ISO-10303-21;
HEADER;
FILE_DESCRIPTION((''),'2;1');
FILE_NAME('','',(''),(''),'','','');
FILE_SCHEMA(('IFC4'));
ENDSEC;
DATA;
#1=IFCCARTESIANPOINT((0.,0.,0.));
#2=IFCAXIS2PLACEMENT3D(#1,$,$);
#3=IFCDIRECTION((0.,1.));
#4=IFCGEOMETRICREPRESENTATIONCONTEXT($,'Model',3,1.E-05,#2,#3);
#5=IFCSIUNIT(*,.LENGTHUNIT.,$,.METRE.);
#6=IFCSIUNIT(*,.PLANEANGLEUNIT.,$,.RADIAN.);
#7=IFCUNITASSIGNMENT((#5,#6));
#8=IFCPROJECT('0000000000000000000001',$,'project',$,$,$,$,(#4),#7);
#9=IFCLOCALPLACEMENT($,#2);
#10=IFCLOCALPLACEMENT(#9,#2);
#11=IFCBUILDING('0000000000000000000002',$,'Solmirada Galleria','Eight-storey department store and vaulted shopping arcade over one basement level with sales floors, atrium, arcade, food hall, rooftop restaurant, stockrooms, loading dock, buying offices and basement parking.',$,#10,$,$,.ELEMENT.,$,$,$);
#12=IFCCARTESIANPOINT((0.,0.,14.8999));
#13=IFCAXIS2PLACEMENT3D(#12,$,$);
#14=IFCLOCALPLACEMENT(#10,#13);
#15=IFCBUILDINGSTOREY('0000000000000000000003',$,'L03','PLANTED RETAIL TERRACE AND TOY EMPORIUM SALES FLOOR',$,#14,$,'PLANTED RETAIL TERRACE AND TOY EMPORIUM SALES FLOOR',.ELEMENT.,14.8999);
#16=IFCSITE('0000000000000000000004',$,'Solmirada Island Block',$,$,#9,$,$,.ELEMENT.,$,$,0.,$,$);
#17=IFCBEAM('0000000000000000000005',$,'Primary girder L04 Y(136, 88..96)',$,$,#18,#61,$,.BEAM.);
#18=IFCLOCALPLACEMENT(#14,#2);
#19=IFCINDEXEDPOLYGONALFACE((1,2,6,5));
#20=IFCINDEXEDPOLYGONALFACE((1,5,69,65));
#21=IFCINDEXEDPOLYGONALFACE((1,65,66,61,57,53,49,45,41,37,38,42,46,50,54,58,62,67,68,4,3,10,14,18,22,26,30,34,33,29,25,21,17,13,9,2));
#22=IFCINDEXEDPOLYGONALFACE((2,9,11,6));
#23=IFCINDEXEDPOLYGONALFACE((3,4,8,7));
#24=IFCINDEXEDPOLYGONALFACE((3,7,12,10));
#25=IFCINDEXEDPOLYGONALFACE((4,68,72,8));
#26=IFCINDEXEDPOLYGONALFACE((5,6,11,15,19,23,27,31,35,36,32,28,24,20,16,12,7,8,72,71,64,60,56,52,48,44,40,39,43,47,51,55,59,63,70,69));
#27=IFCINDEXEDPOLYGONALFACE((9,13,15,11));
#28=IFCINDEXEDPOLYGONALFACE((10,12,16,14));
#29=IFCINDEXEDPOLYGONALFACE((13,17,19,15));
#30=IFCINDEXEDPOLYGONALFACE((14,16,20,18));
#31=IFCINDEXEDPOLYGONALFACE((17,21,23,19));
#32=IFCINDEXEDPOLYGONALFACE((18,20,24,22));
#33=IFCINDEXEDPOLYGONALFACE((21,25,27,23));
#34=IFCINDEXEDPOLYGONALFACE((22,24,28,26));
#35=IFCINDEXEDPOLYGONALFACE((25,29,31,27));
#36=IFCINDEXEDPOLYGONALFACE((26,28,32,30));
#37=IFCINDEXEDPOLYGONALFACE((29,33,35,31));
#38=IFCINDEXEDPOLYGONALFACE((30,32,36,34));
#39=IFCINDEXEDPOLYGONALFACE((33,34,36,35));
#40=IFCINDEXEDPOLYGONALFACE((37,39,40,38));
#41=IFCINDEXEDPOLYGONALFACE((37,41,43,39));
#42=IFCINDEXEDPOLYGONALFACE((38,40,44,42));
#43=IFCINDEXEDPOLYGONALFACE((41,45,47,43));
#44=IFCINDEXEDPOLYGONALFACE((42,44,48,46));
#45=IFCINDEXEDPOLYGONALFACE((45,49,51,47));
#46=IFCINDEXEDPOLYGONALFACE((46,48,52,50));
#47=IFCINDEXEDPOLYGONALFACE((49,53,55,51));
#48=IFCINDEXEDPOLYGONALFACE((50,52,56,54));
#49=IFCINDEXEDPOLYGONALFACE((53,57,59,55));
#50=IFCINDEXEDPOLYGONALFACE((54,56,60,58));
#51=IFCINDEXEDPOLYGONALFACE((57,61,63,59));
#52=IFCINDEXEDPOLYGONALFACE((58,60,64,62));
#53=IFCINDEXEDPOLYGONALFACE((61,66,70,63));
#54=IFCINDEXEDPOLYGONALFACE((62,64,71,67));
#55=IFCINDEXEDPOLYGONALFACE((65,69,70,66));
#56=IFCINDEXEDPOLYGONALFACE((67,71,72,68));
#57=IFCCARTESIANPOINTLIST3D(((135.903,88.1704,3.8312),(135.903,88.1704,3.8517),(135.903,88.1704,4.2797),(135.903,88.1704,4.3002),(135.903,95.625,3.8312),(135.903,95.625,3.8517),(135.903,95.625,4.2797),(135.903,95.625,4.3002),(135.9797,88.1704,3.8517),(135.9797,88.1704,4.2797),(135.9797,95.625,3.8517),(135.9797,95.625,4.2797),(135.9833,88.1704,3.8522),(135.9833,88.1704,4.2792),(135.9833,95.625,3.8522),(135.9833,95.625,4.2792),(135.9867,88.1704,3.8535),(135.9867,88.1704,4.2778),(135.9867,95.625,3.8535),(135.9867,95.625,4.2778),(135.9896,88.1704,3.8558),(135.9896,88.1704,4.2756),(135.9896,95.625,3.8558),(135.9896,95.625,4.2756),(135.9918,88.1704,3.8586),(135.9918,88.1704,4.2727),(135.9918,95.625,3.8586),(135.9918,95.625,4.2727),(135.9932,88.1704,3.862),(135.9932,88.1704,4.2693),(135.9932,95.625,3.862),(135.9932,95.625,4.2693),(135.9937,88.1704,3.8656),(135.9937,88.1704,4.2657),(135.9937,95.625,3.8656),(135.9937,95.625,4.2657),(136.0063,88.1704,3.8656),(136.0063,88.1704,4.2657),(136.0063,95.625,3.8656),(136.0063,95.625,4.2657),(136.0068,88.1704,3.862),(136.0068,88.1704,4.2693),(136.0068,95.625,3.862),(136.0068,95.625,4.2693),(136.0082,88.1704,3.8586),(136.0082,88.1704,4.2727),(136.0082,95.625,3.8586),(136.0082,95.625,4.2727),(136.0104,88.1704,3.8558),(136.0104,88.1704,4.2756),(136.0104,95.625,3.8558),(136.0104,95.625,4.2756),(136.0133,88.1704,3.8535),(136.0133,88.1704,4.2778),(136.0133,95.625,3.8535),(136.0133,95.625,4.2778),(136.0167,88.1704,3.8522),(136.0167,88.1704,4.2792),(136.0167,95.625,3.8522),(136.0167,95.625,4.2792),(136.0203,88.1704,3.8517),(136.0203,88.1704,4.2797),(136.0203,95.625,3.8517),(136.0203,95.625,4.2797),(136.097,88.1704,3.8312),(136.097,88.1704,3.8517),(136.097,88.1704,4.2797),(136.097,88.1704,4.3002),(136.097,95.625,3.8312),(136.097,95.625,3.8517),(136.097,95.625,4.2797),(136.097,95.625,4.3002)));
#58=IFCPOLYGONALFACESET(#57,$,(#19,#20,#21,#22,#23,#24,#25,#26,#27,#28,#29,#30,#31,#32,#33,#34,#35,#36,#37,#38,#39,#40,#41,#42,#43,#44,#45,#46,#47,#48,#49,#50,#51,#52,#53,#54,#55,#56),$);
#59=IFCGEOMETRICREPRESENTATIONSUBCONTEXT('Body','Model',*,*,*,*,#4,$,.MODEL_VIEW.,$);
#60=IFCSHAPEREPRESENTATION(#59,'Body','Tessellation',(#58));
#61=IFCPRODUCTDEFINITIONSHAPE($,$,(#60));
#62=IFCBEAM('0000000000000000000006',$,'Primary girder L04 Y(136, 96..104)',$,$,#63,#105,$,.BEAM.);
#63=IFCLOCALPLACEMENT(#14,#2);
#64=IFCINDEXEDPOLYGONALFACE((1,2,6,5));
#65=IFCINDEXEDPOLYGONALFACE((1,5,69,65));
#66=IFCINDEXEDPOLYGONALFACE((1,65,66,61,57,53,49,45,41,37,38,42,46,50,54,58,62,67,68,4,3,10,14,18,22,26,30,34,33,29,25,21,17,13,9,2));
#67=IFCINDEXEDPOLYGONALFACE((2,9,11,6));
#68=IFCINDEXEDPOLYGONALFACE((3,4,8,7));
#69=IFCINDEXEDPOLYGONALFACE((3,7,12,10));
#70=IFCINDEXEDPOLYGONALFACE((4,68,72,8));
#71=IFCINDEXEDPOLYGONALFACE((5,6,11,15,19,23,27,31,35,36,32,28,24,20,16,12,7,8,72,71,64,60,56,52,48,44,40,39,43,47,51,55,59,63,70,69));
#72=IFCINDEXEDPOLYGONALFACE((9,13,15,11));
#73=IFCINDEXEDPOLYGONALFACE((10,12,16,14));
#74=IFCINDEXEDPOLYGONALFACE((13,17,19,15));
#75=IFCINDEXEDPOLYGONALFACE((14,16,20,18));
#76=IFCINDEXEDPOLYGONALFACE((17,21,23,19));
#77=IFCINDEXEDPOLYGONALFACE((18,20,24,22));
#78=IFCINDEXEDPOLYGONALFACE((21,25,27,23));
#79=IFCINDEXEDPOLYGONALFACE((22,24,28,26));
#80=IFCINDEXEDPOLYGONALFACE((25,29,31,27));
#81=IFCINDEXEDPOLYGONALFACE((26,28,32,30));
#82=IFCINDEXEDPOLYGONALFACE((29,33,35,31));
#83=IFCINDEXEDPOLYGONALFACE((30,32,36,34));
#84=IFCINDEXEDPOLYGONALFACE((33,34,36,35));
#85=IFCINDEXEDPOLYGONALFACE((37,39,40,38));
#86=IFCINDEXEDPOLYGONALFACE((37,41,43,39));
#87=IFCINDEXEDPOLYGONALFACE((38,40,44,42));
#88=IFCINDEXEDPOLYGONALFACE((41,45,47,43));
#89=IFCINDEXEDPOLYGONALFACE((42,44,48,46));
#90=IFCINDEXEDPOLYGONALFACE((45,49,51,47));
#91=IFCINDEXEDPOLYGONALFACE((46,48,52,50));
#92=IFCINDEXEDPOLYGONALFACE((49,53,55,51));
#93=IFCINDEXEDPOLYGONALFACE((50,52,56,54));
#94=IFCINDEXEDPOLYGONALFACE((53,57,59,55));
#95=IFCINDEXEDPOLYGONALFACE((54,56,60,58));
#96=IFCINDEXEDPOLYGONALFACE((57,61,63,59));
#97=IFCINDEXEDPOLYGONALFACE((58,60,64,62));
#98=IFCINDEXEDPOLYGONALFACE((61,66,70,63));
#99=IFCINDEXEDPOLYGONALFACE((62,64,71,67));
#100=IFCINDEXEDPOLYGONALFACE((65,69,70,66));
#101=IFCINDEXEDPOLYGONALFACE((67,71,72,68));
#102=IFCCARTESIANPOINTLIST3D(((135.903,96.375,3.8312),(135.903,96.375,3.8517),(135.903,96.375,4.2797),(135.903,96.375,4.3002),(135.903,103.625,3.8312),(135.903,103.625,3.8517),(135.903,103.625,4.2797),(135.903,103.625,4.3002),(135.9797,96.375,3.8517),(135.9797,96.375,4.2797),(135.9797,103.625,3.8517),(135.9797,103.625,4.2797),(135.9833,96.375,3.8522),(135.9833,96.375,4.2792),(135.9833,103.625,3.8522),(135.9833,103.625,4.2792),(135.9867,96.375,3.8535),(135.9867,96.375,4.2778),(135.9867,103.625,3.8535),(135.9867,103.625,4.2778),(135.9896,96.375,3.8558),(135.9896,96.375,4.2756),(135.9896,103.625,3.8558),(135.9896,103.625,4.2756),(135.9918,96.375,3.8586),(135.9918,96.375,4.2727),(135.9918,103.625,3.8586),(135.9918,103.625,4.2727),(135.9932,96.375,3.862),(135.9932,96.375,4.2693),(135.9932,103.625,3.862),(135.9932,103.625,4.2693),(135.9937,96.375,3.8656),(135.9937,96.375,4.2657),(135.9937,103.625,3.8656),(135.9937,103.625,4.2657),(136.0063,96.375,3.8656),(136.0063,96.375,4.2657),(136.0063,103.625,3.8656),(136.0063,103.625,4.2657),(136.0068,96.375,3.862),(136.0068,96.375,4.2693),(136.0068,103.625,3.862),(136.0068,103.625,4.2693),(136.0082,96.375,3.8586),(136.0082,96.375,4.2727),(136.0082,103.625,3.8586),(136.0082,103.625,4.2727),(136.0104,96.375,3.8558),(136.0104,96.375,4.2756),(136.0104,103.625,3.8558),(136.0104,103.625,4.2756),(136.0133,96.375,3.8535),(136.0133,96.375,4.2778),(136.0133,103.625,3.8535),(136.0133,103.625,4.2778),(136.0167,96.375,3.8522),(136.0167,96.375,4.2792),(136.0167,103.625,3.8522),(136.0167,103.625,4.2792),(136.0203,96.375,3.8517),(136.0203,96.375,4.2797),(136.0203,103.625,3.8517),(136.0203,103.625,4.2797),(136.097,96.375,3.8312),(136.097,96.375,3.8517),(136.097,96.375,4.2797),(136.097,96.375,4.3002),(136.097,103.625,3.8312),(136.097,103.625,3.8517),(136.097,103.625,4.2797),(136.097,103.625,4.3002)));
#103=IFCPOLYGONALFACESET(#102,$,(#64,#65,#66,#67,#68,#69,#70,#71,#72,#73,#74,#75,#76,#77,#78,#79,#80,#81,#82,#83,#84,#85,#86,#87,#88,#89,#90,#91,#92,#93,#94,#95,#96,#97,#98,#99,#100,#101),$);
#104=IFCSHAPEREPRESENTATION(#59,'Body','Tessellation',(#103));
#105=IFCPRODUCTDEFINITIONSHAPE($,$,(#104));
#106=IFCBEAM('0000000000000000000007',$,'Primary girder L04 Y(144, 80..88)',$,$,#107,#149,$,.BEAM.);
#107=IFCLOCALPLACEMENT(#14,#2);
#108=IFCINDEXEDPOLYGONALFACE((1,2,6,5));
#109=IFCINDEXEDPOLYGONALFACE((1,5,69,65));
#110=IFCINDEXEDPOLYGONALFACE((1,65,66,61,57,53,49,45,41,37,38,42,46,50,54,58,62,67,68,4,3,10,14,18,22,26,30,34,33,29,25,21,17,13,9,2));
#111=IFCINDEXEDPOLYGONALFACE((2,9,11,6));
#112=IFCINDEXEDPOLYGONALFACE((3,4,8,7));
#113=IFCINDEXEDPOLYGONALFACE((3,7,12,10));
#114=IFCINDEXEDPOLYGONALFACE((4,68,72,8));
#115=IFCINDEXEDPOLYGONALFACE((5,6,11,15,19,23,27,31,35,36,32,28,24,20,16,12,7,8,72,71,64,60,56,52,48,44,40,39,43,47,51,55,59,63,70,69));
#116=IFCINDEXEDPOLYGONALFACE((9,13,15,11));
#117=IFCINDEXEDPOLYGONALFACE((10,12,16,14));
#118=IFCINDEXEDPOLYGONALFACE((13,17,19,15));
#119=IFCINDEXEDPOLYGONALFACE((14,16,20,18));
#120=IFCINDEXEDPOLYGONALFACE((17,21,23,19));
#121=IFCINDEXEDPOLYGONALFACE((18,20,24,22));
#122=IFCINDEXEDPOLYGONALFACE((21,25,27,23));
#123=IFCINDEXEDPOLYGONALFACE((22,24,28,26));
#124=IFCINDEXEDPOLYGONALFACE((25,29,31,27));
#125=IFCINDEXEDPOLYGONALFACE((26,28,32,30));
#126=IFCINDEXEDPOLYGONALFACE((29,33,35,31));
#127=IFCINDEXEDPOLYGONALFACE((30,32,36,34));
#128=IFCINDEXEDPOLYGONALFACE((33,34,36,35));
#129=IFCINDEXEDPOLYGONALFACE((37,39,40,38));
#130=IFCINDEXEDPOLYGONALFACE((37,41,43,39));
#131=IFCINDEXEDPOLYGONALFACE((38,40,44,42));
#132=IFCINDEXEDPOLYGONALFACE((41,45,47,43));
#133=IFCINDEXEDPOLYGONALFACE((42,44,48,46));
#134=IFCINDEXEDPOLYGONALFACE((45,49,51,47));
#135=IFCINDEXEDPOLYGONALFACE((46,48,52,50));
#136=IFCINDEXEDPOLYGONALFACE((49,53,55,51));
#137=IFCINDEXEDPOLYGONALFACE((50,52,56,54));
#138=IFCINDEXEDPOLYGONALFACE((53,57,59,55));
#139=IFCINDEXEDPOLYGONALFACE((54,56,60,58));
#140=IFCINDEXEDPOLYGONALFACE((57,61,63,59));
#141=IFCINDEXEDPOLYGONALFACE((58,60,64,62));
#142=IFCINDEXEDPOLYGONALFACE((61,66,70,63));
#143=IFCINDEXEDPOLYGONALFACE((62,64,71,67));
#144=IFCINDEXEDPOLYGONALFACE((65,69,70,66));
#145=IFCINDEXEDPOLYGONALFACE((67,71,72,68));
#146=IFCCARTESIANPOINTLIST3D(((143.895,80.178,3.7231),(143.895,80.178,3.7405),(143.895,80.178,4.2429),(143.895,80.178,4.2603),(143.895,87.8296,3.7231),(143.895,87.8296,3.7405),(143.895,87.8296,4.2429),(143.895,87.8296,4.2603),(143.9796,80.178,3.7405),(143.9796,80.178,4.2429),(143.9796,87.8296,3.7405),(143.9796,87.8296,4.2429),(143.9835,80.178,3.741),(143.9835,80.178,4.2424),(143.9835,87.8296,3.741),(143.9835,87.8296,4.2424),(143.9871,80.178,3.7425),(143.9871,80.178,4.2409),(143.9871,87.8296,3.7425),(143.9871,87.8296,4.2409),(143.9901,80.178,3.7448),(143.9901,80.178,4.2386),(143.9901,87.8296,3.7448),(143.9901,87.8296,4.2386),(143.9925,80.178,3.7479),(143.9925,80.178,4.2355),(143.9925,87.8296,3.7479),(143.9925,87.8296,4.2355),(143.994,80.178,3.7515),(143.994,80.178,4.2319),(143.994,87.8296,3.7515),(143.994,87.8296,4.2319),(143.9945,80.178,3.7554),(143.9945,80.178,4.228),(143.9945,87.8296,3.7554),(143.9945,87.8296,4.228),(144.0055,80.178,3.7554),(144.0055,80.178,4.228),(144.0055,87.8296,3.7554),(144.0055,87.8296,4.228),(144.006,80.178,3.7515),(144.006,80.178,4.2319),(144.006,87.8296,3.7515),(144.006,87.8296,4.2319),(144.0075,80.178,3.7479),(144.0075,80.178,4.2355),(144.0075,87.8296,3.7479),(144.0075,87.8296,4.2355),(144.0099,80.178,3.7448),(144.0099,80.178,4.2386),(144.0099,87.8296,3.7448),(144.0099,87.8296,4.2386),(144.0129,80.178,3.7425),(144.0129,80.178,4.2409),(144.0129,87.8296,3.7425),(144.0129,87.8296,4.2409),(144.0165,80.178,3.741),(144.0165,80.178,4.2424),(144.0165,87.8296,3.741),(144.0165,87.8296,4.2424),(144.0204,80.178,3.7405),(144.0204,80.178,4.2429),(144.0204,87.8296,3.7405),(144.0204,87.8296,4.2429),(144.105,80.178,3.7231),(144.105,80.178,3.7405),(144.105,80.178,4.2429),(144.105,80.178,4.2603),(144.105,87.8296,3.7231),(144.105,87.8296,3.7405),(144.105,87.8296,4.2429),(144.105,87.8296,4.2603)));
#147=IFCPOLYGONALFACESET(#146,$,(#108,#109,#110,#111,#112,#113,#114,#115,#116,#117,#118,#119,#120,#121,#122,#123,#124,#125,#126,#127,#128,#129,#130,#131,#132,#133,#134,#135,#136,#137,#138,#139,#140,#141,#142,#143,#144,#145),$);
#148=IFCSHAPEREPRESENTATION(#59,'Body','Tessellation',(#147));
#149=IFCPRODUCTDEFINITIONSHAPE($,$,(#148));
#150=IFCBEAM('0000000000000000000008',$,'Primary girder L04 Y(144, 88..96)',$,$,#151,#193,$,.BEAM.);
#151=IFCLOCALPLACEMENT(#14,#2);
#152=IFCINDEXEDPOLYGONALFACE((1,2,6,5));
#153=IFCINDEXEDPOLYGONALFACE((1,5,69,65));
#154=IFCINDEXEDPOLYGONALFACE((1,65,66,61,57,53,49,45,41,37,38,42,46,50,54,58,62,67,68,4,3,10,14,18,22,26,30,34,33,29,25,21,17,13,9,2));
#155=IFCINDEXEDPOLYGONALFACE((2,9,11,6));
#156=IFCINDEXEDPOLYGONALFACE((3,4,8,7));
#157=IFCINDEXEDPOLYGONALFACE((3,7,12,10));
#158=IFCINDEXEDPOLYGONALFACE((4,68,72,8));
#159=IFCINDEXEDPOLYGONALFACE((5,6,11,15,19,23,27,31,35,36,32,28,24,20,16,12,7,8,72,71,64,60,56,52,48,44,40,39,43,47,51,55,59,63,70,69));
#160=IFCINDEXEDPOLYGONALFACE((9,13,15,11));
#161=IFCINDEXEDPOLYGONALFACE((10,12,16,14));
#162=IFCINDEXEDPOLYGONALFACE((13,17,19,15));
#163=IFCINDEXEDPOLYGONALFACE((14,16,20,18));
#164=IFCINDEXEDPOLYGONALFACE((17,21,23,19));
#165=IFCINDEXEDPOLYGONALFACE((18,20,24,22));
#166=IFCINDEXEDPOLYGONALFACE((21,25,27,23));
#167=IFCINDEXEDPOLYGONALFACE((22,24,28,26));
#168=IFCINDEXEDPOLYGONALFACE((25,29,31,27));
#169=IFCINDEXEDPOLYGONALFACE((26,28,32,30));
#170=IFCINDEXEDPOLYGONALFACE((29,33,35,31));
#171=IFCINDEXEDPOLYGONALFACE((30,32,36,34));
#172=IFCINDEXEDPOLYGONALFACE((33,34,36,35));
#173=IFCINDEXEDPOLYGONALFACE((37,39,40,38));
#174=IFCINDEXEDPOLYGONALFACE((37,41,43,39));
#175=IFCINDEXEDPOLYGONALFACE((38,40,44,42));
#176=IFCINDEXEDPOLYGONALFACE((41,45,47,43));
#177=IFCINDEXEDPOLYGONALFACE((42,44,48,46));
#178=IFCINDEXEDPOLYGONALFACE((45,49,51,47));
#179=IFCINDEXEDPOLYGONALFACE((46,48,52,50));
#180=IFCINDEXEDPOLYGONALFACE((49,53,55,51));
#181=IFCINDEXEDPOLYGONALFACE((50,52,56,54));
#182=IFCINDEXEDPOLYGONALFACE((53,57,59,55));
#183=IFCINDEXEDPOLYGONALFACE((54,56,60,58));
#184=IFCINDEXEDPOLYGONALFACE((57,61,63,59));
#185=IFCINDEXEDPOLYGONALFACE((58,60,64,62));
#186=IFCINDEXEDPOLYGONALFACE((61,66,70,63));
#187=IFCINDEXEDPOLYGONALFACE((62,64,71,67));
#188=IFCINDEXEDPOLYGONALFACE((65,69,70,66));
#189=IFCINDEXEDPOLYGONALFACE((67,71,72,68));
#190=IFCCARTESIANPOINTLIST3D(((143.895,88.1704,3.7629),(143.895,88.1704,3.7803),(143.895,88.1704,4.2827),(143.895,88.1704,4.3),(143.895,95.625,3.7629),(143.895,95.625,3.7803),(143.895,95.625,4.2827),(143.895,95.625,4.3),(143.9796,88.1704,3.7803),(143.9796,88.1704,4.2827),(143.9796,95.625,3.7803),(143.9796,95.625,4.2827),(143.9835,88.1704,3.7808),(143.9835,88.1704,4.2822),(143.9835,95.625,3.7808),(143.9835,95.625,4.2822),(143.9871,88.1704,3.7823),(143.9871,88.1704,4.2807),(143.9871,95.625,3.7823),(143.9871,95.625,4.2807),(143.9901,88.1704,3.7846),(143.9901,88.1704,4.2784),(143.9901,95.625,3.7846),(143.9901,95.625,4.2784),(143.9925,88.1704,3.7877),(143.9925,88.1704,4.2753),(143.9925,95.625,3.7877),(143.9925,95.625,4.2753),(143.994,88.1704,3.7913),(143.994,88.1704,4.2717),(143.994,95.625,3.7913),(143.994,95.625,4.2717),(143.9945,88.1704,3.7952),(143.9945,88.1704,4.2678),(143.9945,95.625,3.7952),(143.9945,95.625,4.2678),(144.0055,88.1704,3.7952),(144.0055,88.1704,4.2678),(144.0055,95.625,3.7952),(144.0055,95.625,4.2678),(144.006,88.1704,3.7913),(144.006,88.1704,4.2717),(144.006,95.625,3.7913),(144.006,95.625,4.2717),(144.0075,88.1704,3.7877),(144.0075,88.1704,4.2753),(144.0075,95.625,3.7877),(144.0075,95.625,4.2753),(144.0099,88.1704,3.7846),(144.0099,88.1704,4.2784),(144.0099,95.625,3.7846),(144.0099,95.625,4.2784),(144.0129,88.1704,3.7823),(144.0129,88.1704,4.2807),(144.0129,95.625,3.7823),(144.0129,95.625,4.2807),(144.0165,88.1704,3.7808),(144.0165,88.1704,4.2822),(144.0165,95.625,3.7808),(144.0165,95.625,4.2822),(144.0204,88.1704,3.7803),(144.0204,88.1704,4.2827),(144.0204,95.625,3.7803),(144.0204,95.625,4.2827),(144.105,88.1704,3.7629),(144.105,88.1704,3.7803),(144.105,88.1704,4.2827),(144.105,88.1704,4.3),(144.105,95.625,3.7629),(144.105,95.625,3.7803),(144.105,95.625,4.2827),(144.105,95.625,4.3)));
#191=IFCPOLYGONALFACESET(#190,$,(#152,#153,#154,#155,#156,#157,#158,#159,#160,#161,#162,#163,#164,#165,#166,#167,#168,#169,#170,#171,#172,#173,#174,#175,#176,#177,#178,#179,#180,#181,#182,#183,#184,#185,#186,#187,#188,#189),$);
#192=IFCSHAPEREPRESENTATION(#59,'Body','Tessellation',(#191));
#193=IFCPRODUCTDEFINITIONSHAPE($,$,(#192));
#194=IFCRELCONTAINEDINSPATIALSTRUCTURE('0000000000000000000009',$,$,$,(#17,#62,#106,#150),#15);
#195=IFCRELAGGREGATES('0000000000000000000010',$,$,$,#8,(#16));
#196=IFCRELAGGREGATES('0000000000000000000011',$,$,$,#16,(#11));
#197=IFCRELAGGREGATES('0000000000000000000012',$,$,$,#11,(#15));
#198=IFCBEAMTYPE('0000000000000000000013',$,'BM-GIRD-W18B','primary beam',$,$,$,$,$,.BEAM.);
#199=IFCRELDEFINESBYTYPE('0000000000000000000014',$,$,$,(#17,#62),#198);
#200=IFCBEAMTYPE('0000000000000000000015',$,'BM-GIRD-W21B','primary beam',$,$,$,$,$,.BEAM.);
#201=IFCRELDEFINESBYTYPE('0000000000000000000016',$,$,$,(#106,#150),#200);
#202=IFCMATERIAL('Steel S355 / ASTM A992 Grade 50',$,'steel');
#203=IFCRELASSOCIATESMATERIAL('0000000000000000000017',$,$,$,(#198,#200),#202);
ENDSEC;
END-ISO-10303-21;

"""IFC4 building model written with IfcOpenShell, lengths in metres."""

from ifc_helpers import new_model, si_unit, direction, frame, origin, origin_2d, place, context, subcontext, project, spatial, i_section, extrude, material, material_profile, profile_set, type_object, element, save


model = new_model("IFC4")

# Units and contexts
model_context = context("Model", 3, precision=1e-05, world=origin(), true_north=direction((0.0, 1.0)))
body_context = subcontext(model_context, "Body", "Model", "MODEL_VIEW")
ifc_project = project(units=[si_unit("LENGTHUNIT", "METRE"), si_unit("PLANEANGLEUNIT", "RADIAN")], contexts=[model_context])

# Site, building, storey
site_placement = place(None, origin())
site = spatial("IfcSite", under=ifc_project, at=site_placement, Name="Solmirada Island Block", CompositionType="ELEMENT", RefElevation=0.0)
building_placement = place(site_placement, origin())
building = spatial("IfcBuilding", under=site, at=building_placement, Name="Solmirada Galleria", Description="Eight-storey department store and vaulted shopping arcade over one basement level with sales floors, atrium, arcade, food hall, rooftop restaurant, stockrooms, loading dock, buying offices and basement parking.", CompositionType="ELEMENT")
storey_placement = place(building_placement, frame((0.0, 0.0, 14.8999)))
storey = spatial("IfcBuildingStorey", under=building, at=storey_placement, Name="L03", Description="PLANTED RETAIL TERRACE AND TOY EMPORIUM SALES FLOOR", LongName="PLANTED RETAIL TERRACE AND TOY EMPORIUM SALES FLOOR", CompositionType="ELEMENT", Elevation=14.8999)

# Beams
ifc_material_1 = material(Name="Steel S355 / ASTM A992 Grade 50", Category="steel")
ifc_material_profile_1 = material_profile(ifc_material_1, i_section(OverallWidth=0.1941, OverallDepth=0.469, WebThickness=0.0127, FlangeThickness=0.0205, FilletRadius=0.0139, at=origin_2d()), Name="W18X71")
ifc_profile_set_1 = profile_set([ifc_material_profile_1], Name="Steel S355 / ASTM A992 Grade 50")
beam_type_1 = type_object("IfcBeamType", Name="BM-GIRD-W18B", Description="primary beam", PredefinedType="BEAM", material=ifc_profile_set_1)
beam_1_placement = place(storey_placement, frame((136.0, 88.1704, 4.0657), z_axis=(0.0, 1.0, 0.0), x_axis=(-1.0, 0.0, 0.0)))
element("IfcBeam", 1, at=beam_1_placement, inside=storey, type_object=beam_type_1, Name="Primary girder L04 Y(136, 88..96)", PredefinedType="BEAM", context=body_context, shape_type="SweptSolid", body=[
    extrude(i_section(OverallWidth=0.1941, OverallDepth=0.469, WebThickness=0.0127, FlangeThickness=0.0205, FilletRadius=0.0139, at=origin_2d()), origin(), (0.0, 0.0, 1.0), 7.4546),
])
beam_2_placement = place(storey_placement, frame((136.0, 96.375, 4.0657), z_axis=(0.0, 1.0, 0.0), x_axis=(-1.0, 0.0, 0.0)))
element("IfcBeam", 2, at=beam_2_placement, inside=storey, type_object=beam_type_1, Name="Primary girder L04 Y(136, 96..104)", PredefinedType="BEAM", context=body_context, shape_type="SweptSolid", body=[
    extrude(i_section(OverallWidth=0.1941, OverallDepth=0.469, WebThickness=0.0127, FlangeThickness=0.0205, FilletRadius=0.0139, at=origin_2d()), origin(), (0.0, 0.0, 1.0), 7.25),
])
ifc_material_profile_2 = material_profile(ifc_material_1, i_section(OverallWidth=0.21, OverallDepth=0.5371, WebThickness=0.011, FlangeThickness=0.0173, FilletRadius=0.0149, at=origin_2d()), Name="W21X68")
ifc_profile_set_2 = profile_set([ifc_material_profile_2], Name="Steel S355 / ASTM A992 Grade 50")
beam_type_2 = type_object("IfcBeamType", Name="BM-GIRD-W21B", Description="primary beam", PredefinedType="BEAM", material=ifc_profile_set_2)
beam_3_placement = place(storey_placement, frame((144.0, 80.178, 3.9917), z_axis=(0.0, 1.0, 0.0), x_axis=(-1.0, 0.0, 0.0)))
element("IfcBeam", 3, at=beam_3_placement, inside=storey, type_object=beam_type_2, Name="Primary girder L04 Y(144, 80..88)", PredefinedType="BEAM", context=body_context, shape_type="SweptSolid", body=[
    extrude(i_section(OverallWidth=0.21, OverallDepth=0.5371, WebThickness=0.011, FlangeThickness=0.0173, FilletRadius=0.0149, at=origin_2d()), origin(), (0.0, 0.0, 1.0), 7.6516),
])
beam_4_placement = place(storey_placement, frame((144.0, 88.1704, 4.0315), z_axis=(0.0, 1.0, 0.0), x_axis=(-1.0, 0.0, 0.0)))
element("IfcBeam", 4, at=beam_4_placement, inside=storey, type_object=beam_type_2, Name="Primary girder L04 Y(144, 88..96)", PredefinedType="BEAM", context=body_context, shape_type="SweptSolid", body=[
    extrude(i_section(OverallWidth=0.21, OverallDepth=0.5371, WebThickness=0.011, FlangeThickness=0.0173, FilletRadius=0.0149, at=origin_2d()), origin(), (0.0, 0.0, 1.0), 7.4546),
])

save(model, "model.ifc")
